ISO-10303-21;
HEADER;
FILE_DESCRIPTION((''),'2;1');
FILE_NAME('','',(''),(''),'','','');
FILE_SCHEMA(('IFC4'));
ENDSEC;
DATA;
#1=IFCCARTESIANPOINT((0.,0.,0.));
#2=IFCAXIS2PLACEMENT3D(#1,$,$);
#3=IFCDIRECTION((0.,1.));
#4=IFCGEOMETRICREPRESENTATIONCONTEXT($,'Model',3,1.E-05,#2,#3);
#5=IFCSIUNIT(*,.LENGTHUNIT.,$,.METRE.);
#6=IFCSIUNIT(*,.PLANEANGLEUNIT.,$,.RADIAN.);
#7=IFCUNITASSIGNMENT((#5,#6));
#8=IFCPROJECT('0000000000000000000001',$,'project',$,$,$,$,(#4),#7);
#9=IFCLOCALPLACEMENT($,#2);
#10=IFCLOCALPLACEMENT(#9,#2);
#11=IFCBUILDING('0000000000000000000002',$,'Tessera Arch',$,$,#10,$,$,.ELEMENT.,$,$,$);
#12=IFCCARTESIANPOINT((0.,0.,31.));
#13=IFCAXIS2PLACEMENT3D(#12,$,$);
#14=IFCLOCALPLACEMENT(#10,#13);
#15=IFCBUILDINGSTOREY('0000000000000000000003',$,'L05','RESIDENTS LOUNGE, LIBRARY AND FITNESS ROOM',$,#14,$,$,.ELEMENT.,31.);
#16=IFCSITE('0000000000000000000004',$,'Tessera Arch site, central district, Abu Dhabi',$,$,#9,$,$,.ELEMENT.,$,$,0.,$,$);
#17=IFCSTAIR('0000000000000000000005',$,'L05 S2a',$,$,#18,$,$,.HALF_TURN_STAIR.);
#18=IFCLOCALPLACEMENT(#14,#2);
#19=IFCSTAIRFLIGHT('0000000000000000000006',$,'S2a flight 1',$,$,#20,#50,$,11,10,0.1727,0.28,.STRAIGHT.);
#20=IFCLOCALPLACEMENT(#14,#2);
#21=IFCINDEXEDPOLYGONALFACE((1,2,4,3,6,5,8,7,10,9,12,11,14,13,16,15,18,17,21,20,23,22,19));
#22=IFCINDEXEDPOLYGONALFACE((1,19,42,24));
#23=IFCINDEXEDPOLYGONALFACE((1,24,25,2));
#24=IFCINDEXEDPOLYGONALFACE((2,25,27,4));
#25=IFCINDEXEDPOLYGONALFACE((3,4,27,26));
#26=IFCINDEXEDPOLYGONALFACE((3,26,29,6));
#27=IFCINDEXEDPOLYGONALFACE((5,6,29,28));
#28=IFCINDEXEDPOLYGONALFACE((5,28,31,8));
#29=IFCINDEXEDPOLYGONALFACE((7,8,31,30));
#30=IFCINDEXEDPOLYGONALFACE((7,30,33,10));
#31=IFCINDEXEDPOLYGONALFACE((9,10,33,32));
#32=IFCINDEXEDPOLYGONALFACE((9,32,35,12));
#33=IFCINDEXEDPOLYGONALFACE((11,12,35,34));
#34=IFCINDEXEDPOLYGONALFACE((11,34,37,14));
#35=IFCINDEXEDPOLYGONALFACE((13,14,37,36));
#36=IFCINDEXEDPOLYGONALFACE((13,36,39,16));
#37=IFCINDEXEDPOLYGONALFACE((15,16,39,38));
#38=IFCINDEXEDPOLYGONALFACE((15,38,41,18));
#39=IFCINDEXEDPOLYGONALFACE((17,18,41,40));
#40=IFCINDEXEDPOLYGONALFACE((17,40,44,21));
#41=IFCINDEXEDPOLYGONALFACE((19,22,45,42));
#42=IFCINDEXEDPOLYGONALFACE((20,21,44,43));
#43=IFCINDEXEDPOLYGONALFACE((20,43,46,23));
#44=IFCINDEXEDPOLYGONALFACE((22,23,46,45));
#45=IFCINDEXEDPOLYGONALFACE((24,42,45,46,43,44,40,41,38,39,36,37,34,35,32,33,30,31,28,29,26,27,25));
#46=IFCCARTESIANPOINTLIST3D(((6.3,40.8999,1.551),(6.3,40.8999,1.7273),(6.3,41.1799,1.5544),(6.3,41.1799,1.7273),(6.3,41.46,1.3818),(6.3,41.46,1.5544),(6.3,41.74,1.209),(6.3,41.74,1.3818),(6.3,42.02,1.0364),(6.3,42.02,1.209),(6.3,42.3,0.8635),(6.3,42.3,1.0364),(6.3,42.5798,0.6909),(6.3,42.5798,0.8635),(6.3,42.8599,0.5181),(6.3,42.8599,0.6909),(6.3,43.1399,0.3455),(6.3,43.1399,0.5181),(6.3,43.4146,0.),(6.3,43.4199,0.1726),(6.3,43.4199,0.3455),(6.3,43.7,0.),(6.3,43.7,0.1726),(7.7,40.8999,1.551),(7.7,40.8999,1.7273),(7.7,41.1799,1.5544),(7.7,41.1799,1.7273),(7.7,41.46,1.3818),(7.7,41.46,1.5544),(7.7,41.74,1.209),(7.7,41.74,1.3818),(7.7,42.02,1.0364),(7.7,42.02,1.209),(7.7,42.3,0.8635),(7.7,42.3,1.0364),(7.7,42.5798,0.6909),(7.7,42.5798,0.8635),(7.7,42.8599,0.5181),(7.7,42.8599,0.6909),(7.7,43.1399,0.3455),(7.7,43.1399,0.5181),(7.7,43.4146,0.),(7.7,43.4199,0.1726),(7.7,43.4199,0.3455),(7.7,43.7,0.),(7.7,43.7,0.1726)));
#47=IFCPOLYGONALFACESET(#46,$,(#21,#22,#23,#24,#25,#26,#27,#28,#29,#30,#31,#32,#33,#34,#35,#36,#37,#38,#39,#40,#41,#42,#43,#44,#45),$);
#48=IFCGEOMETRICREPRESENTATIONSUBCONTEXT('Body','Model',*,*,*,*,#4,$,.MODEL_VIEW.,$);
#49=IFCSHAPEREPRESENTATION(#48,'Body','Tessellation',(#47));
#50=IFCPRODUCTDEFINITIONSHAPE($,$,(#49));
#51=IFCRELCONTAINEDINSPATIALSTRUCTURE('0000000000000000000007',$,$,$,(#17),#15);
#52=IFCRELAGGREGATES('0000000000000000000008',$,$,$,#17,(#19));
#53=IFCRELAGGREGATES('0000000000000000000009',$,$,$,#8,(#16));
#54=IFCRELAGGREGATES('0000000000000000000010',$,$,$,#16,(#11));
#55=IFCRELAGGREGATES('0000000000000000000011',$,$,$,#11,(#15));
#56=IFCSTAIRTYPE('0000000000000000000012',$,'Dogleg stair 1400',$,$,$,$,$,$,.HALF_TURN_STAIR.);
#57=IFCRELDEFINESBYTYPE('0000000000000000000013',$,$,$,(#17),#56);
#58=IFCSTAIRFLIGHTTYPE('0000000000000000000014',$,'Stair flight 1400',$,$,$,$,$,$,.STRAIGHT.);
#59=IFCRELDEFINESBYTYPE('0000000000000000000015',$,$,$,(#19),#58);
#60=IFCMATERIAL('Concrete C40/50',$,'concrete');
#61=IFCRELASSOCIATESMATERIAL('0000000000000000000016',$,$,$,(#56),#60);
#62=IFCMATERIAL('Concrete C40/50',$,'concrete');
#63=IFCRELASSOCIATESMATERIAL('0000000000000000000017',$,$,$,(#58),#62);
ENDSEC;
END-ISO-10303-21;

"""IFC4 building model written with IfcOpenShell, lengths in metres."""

from ifc_helpers import new_model, si_unit, direction, frame, origin, place, context, subcontext, project, spatial, polyline, outline, extrude, material, type_object, element, aggregate, save


model = new_model("IFC4")

# Units and contexts
model_context = context("Model", 3, precision=1e-05, world=origin(), true_north=direction((0.0, 1.0)))
body_context = subcontext(model_context, "Body", "Model", "MODEL_VIEW")
ifc_project = project(units=[si_unit("LENGTHUNIT", "METRE"), si_unit("PLANEANGLEUNIT", "RADIAN")], contexts=[model_context])

# Site, building, storey
site_placement = place(None, origin())
site = spatial("IfcSite", under=ifc_project, at=site_placement, Name="Tessera Arch site, central district, Abu Dhabi", CompositionType="ELEMENT", RefElevation=0.0)
building_placement = place(site_placement, origin())
building = spatial("IfcBuilding", under=site, at=building_placement, Name="Tessera Arch", CompositionType="ELEMENT")
storey_placement = place(building_placement, frame((0.0, 0.0, 31.0)))
storey = spatial("IfcBuildingStorey", under=building, at=storey_placement, Name="L05", Description="RESIDENTS LOUNGE, LIBRARY AND FITNESS ROOM", CompositionType="ELEMENT", Elevation=31.0)

# Stair, stair flight
ifc_material_1 = material(Name="Concrete C40/50", Category="concrete")
stair_type = type_object("IfcStairType", Name="Dogleg stair 1400", PredefinedType="HALF_TURN_STAIR", material=ifc_material_1)
stair_placement = place(storey_placement, origin())
stair = element("IfcStair", 1, at=stair_placement, inside=storey, type_object=stair_type, Name="L05 S2a", PredefinedType="HALF_TURN_STAIR")
ifc_material_2 = material(Name="Concrete C40/50", Category="concrete")
stair_flight_type = type_object("IfcStairFlightType", Name="Stair flight 1400", PredefinedType="STRAIGHT", material=ifc_material_2)
stair_flight_placement = place(storey_placement, frame((7.0, 43.7, 0.0), z_axis=(0.0, 0.0, 1.0), x_axis=(0.0, -1.0, 0.0)))
stair_flight = element("IfcStairFlight", 2, at=stair_flight_placement, type_object=stair_flight_type, Name="S2a flight 1", NumberOfRisers=11, NumberOfTreads=10, PredefinedType="STRAIGHT", RiserHeight=0.1727, TreadLength=0.28, context=body_context, shape_type="SweptSolid", body=[
    extrude(outline(polyline([(0.0, 0.0), (0.0, 0.1726), (0.28, 0.1726), (0.28, 0.3455), (0.5601, 0.3455), (0.5601, 0.5181), (0.8401, 0.5181), (0.8401, 0.6909), (1.1201, 0.6909), (1.1201, 0.8635), (1.3999, 0.8635), (1.3999, 1.0364), (1.6799, 1.0364), (1.6799, 1.209), (1.96, 1.209), (1.96, 1.3818), (2.24, 1.3818), (2.24, 1.5544), (2.52, 1.5544), (2.52, 1.7273), (2.8, 1.7273), (2.8, 1.8999), (2.8, 1.551), (0.2854, 0.0), (0.0, 0.0)])), frame((0.0, 0.7, 0.0), z_axis=(0.0, -1.0, 0.0), x_axis=(1.0, 0.0, 0.0)), (0.0, 0.0, 1.0), 1.3999),
])
aggregate(stair, [stair_flight])

save(model, "model.ifc")
